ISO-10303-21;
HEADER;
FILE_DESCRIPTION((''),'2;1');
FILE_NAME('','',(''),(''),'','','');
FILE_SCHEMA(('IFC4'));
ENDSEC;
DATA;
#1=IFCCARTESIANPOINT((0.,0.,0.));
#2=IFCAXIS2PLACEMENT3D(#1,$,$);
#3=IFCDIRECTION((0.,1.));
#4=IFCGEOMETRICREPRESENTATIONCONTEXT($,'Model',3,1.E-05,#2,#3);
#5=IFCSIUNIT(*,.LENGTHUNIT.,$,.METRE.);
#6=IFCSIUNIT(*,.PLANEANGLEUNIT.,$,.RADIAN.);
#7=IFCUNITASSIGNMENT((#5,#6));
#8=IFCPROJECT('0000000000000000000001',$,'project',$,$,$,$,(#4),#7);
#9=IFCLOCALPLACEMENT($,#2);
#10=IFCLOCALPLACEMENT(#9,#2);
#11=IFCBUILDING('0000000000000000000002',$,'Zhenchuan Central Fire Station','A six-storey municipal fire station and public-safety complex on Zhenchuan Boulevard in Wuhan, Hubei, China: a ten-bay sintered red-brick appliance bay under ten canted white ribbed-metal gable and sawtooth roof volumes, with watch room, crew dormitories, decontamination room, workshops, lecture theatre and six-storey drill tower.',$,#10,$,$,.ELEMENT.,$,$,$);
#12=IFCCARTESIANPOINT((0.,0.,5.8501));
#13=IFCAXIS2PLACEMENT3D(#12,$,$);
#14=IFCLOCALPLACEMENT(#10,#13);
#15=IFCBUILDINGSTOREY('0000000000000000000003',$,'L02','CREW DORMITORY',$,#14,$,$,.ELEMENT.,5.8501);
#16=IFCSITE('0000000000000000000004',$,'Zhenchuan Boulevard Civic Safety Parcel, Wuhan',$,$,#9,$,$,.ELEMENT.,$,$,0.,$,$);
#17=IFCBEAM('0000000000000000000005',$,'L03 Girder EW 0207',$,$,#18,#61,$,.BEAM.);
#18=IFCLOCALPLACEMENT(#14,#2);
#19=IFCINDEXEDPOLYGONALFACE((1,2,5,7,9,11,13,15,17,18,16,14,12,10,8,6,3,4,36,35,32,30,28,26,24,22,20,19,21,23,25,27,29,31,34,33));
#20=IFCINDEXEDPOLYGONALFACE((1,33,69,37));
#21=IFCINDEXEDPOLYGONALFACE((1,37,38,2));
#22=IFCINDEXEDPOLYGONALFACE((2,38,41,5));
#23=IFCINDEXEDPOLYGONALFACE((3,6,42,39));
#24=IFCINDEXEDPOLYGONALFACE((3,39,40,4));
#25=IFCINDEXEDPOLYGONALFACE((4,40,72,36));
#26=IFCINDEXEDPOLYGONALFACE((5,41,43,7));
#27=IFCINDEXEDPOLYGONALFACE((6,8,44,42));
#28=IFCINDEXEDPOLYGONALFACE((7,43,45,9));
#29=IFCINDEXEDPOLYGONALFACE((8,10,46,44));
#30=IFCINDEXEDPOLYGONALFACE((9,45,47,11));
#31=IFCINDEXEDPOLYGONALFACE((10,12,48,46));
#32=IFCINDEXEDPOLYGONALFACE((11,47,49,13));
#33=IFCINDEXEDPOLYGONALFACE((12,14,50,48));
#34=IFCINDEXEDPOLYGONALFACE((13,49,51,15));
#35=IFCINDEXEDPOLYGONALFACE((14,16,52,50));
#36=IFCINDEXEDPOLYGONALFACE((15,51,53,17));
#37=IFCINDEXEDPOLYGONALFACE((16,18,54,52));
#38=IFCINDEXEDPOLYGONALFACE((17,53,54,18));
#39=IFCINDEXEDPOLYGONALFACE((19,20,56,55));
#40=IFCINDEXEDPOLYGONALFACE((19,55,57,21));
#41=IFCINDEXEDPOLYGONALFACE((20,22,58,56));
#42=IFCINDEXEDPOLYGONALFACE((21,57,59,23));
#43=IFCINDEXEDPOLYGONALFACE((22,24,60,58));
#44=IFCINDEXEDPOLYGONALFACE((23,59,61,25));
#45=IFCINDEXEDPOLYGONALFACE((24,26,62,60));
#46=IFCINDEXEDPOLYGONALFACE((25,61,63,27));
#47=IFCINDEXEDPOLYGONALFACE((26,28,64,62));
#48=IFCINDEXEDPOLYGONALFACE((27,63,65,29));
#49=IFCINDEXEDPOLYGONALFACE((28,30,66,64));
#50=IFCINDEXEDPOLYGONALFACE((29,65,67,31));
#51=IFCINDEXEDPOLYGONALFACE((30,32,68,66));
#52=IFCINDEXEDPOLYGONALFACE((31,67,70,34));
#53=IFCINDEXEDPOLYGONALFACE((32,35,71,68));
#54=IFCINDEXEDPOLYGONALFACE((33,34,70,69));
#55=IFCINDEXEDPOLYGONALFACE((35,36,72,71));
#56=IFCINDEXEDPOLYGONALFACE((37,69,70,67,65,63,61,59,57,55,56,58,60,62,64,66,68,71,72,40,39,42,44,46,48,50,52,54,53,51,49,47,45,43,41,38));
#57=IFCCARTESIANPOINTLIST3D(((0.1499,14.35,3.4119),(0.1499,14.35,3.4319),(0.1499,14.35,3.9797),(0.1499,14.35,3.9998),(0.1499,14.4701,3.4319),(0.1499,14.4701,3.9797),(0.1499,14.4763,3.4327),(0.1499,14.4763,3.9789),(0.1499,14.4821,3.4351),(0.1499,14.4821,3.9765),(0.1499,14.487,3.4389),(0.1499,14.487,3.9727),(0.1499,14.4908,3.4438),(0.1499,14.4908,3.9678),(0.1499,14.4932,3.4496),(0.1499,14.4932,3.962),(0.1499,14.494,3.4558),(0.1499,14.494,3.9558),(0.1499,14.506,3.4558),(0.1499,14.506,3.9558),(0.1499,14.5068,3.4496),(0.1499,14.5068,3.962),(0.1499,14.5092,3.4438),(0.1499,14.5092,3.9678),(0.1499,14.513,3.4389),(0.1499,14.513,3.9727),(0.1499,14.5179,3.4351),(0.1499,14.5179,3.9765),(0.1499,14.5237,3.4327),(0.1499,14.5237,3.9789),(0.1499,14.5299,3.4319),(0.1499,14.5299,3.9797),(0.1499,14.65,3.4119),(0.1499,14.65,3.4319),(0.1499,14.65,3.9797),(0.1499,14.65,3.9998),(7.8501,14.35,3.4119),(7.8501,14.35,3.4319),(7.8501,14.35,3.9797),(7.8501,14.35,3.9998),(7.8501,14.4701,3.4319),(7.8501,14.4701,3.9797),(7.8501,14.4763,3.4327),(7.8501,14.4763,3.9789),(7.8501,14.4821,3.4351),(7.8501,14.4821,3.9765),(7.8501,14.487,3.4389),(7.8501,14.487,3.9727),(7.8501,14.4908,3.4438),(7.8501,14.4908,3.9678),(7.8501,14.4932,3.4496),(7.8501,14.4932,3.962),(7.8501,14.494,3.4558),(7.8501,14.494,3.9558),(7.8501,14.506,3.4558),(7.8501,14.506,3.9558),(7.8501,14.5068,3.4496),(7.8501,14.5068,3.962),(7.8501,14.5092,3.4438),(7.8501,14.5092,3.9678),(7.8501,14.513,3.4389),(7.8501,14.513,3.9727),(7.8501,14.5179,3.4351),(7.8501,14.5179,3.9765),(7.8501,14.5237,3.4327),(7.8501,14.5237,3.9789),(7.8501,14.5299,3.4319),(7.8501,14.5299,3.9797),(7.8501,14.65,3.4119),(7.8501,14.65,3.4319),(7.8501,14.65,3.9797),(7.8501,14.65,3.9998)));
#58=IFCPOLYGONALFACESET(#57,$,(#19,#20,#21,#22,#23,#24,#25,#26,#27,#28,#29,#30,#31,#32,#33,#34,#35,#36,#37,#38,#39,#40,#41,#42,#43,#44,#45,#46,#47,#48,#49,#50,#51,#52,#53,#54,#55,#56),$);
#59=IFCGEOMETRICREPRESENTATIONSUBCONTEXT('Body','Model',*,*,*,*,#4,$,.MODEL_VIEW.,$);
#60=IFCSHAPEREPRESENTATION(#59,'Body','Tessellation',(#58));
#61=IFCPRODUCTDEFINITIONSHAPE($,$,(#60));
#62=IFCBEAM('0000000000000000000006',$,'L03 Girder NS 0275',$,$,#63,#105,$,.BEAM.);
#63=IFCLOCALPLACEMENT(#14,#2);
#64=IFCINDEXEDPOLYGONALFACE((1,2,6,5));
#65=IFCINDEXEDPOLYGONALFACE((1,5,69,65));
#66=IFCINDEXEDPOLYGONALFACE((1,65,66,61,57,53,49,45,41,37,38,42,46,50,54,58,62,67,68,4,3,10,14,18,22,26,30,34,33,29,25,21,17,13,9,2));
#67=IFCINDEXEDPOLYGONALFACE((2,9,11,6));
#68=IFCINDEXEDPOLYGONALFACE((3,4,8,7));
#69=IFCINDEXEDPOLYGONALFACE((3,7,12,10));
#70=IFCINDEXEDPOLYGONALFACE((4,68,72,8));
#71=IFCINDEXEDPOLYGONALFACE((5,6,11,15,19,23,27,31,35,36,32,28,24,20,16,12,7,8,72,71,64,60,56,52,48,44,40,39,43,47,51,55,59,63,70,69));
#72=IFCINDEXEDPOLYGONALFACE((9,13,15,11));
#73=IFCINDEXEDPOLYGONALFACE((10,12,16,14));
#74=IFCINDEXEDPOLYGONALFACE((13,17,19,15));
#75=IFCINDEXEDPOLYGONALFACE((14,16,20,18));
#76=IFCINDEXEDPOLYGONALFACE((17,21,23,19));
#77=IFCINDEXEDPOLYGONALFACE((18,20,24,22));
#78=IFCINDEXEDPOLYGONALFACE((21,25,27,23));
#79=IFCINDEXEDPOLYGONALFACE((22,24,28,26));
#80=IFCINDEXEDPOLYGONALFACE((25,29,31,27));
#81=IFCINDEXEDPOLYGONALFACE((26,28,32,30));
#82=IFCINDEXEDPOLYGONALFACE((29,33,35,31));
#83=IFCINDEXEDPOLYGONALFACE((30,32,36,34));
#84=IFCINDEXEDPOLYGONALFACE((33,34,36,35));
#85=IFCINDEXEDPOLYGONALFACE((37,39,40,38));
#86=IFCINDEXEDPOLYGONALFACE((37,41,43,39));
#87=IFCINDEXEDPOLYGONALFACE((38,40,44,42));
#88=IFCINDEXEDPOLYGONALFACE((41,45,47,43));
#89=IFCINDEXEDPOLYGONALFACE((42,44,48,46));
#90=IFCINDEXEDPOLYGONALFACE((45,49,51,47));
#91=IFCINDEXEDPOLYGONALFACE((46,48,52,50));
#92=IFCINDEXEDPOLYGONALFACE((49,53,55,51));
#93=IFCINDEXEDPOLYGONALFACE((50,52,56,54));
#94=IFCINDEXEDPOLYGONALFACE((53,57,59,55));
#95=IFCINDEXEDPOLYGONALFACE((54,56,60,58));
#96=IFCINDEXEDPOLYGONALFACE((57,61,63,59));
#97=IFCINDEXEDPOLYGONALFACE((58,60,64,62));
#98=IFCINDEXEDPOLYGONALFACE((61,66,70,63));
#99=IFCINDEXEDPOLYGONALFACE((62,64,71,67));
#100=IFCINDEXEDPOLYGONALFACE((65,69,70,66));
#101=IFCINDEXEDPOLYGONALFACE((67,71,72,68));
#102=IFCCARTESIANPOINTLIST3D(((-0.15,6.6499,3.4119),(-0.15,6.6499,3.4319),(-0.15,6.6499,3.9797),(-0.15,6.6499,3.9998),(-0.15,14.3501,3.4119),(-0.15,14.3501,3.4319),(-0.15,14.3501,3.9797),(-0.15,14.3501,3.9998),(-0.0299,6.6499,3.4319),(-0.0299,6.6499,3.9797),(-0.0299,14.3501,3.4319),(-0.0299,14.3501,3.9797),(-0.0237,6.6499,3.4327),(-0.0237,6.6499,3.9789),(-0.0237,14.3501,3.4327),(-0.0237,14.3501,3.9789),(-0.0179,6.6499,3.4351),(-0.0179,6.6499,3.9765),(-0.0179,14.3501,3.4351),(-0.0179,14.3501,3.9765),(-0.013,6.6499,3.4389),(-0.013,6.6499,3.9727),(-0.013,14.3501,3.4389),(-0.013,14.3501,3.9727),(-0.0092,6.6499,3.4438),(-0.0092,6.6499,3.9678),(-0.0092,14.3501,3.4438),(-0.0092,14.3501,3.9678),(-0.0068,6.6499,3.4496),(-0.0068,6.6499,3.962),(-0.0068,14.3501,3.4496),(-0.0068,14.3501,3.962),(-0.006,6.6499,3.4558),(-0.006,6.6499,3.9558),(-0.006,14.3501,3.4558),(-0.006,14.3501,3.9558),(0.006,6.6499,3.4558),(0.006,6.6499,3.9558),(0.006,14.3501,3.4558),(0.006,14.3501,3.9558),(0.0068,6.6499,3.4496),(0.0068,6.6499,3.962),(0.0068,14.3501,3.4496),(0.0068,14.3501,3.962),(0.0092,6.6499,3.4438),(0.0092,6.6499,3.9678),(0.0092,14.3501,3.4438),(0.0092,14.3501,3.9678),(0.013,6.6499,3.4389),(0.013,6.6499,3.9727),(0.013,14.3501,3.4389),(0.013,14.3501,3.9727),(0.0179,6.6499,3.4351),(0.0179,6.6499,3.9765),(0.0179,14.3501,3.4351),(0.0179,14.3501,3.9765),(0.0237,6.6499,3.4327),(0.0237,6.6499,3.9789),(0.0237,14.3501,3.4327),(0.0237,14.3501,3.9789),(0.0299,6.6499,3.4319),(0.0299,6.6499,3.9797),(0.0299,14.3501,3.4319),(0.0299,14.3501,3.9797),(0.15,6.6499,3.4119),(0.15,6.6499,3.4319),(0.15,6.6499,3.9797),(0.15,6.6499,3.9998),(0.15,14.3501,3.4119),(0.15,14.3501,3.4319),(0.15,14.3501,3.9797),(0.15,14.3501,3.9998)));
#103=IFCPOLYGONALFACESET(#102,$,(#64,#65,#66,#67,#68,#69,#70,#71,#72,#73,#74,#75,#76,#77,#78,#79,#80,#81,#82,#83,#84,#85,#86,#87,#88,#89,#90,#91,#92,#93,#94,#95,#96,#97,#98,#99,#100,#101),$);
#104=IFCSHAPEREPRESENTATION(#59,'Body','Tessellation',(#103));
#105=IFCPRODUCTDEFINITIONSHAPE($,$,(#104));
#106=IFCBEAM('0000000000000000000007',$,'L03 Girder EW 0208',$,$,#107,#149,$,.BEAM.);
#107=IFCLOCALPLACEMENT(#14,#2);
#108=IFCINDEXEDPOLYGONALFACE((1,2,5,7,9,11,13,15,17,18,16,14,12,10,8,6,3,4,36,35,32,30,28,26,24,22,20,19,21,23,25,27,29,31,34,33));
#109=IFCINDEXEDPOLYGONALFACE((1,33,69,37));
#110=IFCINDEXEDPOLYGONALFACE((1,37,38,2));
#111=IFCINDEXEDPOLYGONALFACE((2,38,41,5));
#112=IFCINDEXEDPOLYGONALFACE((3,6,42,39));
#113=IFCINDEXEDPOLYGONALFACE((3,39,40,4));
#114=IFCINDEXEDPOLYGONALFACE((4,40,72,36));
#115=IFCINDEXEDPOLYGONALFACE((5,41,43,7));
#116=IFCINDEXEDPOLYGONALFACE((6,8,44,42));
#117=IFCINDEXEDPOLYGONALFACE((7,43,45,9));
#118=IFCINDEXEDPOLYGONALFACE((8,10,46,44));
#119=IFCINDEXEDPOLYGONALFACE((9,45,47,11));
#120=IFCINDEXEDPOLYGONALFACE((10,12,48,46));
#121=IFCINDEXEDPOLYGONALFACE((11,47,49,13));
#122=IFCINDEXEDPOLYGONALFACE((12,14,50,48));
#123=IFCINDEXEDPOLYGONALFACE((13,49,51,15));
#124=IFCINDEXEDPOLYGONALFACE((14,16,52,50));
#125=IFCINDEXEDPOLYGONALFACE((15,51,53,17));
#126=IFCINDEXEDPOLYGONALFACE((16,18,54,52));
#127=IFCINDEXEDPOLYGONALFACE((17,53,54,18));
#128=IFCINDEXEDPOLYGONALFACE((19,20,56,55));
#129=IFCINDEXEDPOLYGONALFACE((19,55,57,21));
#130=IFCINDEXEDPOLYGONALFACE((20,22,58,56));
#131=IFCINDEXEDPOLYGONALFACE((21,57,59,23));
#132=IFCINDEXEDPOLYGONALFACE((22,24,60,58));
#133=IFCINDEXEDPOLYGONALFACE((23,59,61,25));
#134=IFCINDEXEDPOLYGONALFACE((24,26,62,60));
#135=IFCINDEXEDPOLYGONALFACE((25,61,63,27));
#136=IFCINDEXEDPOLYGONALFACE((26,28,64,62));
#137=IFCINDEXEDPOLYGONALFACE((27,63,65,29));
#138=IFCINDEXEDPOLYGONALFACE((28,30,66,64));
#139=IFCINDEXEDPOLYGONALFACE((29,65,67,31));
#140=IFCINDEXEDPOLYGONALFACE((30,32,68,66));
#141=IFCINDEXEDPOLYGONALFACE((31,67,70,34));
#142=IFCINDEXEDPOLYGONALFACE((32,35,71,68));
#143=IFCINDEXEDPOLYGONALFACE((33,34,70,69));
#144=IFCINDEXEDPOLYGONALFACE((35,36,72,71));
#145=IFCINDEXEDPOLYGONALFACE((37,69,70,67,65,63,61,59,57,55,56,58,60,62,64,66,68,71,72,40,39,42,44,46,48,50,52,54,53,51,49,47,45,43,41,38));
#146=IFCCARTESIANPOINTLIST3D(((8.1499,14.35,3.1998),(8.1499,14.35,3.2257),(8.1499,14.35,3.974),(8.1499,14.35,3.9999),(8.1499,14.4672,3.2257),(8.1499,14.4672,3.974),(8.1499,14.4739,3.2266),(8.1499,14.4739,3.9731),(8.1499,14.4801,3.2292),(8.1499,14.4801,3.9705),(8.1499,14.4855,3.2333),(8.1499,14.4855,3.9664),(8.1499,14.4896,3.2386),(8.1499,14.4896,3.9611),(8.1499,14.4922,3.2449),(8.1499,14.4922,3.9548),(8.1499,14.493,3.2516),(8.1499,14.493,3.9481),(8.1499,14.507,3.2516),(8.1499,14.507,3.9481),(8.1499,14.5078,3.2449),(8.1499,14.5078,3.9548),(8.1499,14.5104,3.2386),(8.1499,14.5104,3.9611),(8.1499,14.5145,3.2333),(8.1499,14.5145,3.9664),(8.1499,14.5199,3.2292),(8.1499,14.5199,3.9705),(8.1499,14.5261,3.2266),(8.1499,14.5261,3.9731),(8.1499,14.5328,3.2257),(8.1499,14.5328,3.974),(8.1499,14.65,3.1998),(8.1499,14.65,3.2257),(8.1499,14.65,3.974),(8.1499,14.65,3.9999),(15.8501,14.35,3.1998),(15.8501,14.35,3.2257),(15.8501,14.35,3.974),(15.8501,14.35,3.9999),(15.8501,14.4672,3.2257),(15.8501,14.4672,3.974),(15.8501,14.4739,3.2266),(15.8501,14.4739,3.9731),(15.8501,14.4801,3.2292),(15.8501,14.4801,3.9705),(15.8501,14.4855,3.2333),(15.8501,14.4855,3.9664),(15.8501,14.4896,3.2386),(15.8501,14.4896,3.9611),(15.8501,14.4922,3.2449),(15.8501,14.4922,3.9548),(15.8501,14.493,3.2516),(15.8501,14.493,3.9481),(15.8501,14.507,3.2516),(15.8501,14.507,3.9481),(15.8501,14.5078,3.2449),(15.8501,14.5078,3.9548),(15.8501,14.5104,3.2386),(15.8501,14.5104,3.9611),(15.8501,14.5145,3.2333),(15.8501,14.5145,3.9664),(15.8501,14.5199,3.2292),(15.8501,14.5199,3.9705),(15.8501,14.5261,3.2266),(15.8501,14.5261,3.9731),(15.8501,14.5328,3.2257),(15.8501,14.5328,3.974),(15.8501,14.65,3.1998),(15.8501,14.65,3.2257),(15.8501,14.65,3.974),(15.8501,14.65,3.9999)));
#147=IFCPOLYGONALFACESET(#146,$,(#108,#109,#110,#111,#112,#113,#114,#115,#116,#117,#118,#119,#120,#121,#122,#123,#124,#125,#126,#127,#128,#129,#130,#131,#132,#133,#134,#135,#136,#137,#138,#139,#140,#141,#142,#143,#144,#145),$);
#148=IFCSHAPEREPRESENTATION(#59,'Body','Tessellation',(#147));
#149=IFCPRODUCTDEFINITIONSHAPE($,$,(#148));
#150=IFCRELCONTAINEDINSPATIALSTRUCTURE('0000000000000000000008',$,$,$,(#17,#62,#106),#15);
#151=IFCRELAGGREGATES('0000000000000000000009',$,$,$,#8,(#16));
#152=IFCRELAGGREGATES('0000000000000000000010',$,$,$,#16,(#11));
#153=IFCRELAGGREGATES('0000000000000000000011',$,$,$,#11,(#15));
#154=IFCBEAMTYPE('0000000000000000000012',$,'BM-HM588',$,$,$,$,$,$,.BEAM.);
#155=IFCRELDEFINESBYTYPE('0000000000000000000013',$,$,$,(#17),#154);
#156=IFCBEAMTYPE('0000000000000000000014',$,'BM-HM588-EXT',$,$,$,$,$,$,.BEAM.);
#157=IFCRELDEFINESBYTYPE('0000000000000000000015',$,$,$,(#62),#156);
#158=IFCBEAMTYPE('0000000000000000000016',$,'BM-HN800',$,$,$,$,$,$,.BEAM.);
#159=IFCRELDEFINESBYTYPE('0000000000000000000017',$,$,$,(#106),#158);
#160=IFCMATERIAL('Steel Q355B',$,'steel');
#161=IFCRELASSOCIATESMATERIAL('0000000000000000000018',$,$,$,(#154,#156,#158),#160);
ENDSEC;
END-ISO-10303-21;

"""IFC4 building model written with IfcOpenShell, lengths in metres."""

from ifc_helpers import new_model, si_unit, direction, frame, origin, origin_2d, place, context, subcontext, project, spatial, i_section, extrude, material, material_profile, profile_set, type_object, element, save


model = new_model("IFC4")

# Units and contexts
model_context = context("Model", 3, precision=1e-05, world=origin(), true_north=direction((0.0, 1.0)))
body_context = subcontext(model_context, "Body", "Model", "MODEL_VIEW")
ifc_project = project(units=[si_unit("LENGTHUNIT", "METRE"), si_unit("PLANEANGLEUNIT", "RADIAN")], contexts=[model_context])

# Site, building, storey
site_placement = place(None, origin())
site = spatial("IfcSite", under=ifc_project, at=site_placement, Name="Zhenchuan Boulevard Civic Safety Parcel, Wuhan", CompositionType="ELEMENT", RefElevation=0.0)
building_placement = place(site_placement, origin())
building = spatial("IfcBuilding", under=site, at=building_placement, Name="Zhenchuan Central Fire Station", Description="A six-storey municipal fire station and public-safety complex on Zhenchuan Boulevard in Wuhan, Hubei, China: a ten-bay sintered red-brick appliance bay under ten canted white ribbed-metal gable and sawtooth roof volumes, with watch room, crew dormitories, decontamination room, workshops, lecture theatre and six-storey drill tower.", CompositionType="ELEMENT")
storey_placement = place(building_placement, frame((0.0, 0.0, 5.8501)))
storey = spatial("IfcBuildingStorey", under=building, at=storey_placement, Name="L02", Description="CREW DORMITORY", CompositionType="ELEMENT", Elevation=5.8501)

# Shared definitions
ifc_material_1 = material(Name="Steel Q355B", Category="steel")

# Beams
ifc_material_profile_1 = material_profile(ifc_material_1, i_section(OverallWidth=0.3, OverallDepth=0.5879, WebThickness=0.012, FlangeThickness=0.02, FilletRadius=0.0239, at=origin_2d()), Name="HM 588x300")
ifc_profile_set_1 = profile_set([ifc_material_profile_1], Name="Steel Q355B")
beam_type_1 = type_object("IfcBeamType", Name="BM-HM588", PredefinedType="BEAM", material=ifc_profile_set_1)
beam_1_placement = place(storey_placement, frame((0.1499, 14.5, 3.7058), z_axis=(1.0, 0.0, 0.0), x_axis=(0.0, 1.0, 0.0)))
element("IfcBeam", 1, at=beam_1_placement, inside=storey, type_object=beam_type_1, Name="L03 Girder EW 0207", PredefinedType="BEAM", context=body_context, shape_type="SweptSolid", body=[
    extrude(i_section(OverallWidth=0.3, OverallDepth=0.5879, WebThickness=0.012, FlangeThickness=0.02, FilletRadius=0.0239, at=origin_2d()), origin(), (0.0, 0.0, 1.0), 7.7002),
])
ifc_material_profile_2 = material_profile(ifc_material_1, i_section(OverallWidth=0.3, OverallDepth=0.5879, WebThickness=0.012, FlangeThickness=0.02, FilletRadius=0.0239, at=origin_2d()), Name="HM 588x300")
ifc_profile_set_2 = profile_set([ifc_material_profile_2], Name="Steel Q355B")
beam_type_2 = type_object("IfcBeamType", Name="BM-HM588-EXT", PredefinedType="BEAM", material=ifc_profile_set_2)
beam_2_placement = place(storey_placement, frame((0.0, 6.6499, 3.7058), z_axis=(0.0, 1.0, 0.0), x_axis=(-1.0, 0.0, 0.0)))
element("IfcBeam", 2, at=beam_2_placement, inside=storey, type_object=beam_type_2, Name="L03 Girder NS 0275", PredefinedType="BEAM", context=body_context, shape_type="SweptSolid", body=[
    extrude(i_section(OverallWidth=0.3, OverallDepth=0.5879, WebThickness=0.012, FlangeThickness=0.02, FilletRadius=0.0239, at=origin_2d()), origin(), (0.0, 0.0, 1.0), 7.7002),
])
ifc_material_profile_3 = material_profile(ifc_material_1, i_section(OverallWidth=0.3, OverallDepth=0.8, WebThickness=0.0139, FlangeThickness=0.0259, FilletRadius=0.0259, at=origin_2d()), Name="HN 800x300")
ifc_profile_set_3 = profile_set([ifc_material_profile_3], Name="Steel Q355B")
beam_type_3 = type_object("IfcBeamType", Name="BM-HN800", PredefinedType="BEAM", material=ifc_profile_set_3)
beam_3_placement = place(storey_placement, frame((8.1499, 14.5, 3.5999), z_axis=(1.0, 0.0, 0.0), x_axis=(0.0, 1.0, 0.0)))
element("IfcBeam", 3, at=beam_3_placement, inside=storey, type_object=beam_type_3, Name="L03 Girder EW 0208", PredefinedType="BEAM", context=body_context, shape_type="SweptSolid", body=[
    extrude(i_section(OverallWidth=0.3, OverallDepth=0.8, WebThickness=0.0139, FlangeThickness=0.0259, FilletRadius=0.0259, at=origin_2d()), origin(), (0.0, 0.0, 1.0), 7.7002),
])

save(model, "model.ifc")
